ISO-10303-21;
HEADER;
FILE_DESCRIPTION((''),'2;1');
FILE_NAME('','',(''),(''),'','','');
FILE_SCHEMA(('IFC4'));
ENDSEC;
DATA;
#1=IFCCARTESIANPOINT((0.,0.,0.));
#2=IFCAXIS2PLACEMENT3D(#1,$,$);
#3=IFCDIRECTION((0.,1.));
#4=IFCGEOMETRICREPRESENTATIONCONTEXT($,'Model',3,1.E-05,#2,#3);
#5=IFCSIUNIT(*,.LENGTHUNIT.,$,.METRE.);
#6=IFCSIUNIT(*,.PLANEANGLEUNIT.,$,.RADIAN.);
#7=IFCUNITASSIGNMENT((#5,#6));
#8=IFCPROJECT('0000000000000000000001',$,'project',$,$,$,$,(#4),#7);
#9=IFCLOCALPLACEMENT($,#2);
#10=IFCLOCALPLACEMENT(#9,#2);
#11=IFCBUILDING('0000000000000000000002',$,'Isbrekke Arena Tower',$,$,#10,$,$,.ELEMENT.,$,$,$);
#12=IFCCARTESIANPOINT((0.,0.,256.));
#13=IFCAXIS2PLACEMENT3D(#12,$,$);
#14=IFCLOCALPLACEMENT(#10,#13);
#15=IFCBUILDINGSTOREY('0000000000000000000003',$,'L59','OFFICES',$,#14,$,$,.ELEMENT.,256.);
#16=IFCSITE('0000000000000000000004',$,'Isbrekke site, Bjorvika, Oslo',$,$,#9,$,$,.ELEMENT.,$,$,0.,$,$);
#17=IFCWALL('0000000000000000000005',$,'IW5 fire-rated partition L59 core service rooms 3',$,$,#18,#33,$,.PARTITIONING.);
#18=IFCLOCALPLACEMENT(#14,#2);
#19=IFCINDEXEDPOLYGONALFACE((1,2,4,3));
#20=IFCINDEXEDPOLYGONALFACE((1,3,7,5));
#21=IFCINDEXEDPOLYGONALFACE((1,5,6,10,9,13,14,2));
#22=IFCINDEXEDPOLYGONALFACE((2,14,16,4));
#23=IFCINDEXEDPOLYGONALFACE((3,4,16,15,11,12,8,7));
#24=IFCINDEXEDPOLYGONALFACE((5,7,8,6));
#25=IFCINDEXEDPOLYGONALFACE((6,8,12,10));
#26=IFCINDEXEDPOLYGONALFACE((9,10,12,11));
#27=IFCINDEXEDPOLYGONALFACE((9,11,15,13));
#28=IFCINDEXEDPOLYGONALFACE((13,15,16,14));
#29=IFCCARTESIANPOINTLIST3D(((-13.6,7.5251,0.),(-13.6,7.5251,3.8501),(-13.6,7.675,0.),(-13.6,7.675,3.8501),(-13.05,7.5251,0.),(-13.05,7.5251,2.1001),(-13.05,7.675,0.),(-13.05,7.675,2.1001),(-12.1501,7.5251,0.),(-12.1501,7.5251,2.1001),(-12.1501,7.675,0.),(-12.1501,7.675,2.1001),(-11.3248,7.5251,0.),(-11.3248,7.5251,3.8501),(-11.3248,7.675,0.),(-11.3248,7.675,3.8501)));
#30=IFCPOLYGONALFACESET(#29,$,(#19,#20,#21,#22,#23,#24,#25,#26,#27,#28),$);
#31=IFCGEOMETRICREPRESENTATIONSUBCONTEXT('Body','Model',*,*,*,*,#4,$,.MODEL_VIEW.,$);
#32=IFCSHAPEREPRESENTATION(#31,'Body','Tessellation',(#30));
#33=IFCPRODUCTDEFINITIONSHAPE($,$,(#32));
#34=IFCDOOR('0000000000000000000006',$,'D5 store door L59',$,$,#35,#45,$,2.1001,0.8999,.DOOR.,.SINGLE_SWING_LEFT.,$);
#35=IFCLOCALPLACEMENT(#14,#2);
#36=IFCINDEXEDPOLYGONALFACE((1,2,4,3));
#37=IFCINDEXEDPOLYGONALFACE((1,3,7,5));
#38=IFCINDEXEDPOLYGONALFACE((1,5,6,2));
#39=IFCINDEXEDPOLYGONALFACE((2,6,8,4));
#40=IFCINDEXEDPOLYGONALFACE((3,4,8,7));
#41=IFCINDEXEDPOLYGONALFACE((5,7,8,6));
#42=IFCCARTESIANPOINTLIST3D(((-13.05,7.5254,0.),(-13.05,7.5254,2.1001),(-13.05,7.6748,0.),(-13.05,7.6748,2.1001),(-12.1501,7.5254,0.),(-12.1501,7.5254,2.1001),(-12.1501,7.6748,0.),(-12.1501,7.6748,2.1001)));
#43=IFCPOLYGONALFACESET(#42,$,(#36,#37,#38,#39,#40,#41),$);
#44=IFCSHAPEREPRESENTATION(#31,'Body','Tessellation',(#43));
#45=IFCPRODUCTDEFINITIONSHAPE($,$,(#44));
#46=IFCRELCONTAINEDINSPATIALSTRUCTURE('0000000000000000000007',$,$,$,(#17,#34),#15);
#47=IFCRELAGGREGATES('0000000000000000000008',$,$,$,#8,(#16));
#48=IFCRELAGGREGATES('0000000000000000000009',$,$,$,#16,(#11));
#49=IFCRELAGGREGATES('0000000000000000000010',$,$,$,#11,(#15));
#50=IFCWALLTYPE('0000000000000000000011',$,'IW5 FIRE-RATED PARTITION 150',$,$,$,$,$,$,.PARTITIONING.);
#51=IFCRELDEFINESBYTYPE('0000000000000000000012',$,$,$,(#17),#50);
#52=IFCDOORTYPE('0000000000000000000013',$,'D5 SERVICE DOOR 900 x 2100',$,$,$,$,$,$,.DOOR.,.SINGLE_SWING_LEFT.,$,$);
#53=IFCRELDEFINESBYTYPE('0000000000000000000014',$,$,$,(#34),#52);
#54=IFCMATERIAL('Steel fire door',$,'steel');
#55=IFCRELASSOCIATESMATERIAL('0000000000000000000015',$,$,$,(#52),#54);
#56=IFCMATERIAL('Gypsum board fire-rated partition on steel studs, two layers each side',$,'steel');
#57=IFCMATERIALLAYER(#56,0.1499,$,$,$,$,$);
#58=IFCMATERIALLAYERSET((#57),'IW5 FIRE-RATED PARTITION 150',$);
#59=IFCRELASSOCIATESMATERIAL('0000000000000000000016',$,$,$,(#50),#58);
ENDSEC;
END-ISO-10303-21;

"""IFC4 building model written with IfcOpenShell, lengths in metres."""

from ifc_helpers import new_model, si_unit, direction, frame, frame_2d, origin, place, context, subcontext, project, spatial, rectangle, extrude, material, layer, layer_set, type_object, element, fill, save


model = new_model("IFC4")

# Units and contexts
model_context = context("Model", 3, precision=1e-05, world=origin(), true_north=direction((0.0, 1.0)))
body_context = subcontext(model_context, "Body", "Model", "MODEL_VIEW")
ifc_project = project(units=[si_unit("LENGTHUNIT", "METRE"), si_unit("PLANEANGLEUNIT", "RADIAN")], contexts=[model_context])

# Site, building, storey
site_placement = place(None, origin())
site = spatial("IfcSite", under=ifc_project, at=site_placement, Name="Isbrekke site, Bjorvika, Oslo", CompositionType="ELEMENT", RefElevation=0.0)
building_placement = place(site_placement, origin())
building = spatial("IfcBuilding", under=site, at=building_placement, Name="Isbrekke Arena Tower", CompositionType="ELEMENT")
storey_placement = place(building_placement, frame((0.0, 0.0, 256.0)))
storey = spatial("IfcBuildingStorey", under=building, at=storey_placement, Name="L59", Description="OFFICES", CompositionType="ELEMENT", Elevation=256.0)

# Shared definitions
ifc_material_1 = material(Name="Steel fire door", Category="steel")
door_type_1 = type_object("IfcDoorType", Name="D5 SERVICE DOOR 900 x 2100", OperationType="SINGLE_SWING_LEFT", PredefinedType="DOOR", material=ifc_material_1)

# Wall, opening, door
ifc_material_2 = material(Name="Gypsum board fire-rated partition on steel studs, two layers each side", Category="steel")
ifc_layer_1 = layer(ifc_material_2, 0.1499)
ifc_layer_set_1 = layer_set([ifc_layer_1], Name="IW5 FIRE-RATED PARTITION 150")
wall_type_1 = type_object("IfcWallType", Name="IW5 FIRE-RATED PARTITION 150", PredefinedType="PARTITIONING", material=ifc_layer_set_1)
wall_1_placement = place(storey_placement, frame((-13.6001, 7.6001, 0.0), z_axis=(0.0, 0.0, 1.0), x_axis=(1.0, 0.0, 0.0)))
wall_1 = element("IfcWall", 1, at=wall_1_placement, inside=storey, type_object=wall_type_1, Name="IW5 fire-rated partition L59 core service rooms 3", PredefinedType="PARTITIONING", context=body_context, shape_type="SweptSolid", body=[
    extrude(rectangle(XDim=2.2751, YDim=0.1499, at=frame_2d((1.1377, 0.0))), origin(), (0.0, 0.0, 1.0), 3.8501),
])
opening_1_placement = place(wall_1_placement, frame((0.55, 0.0, 0.0)))
opening_1 = element("IfcOpeningElement", 2, at=opening_1_placement, cuts=wall_1, PredefinedType="OPENING", context=body_context, shape_type="SweptSolid", body=[
    extrude(rectangle(XDim=0.8999, YDim=2.1001, at=frame_2d((0.45, 1.05))), frame((0.0, 0.0898, 0.0), z_axis=(0.0, -1.0, 0.0), x_axis=(1.0, 0.0, 0.0)), (0.0, 0.0, 1.0), 0.1797),
])
door_1_placement = place(opening_1_placement, origin())
door_1 = element("IfcDoor", 3, at=door_1_placement, inside=storey, type_object=door_type_1, Name="D5 store door L59", OperationType="SINGLE_SWING_LEFT", OverallHeight=2.1001, OverallWidth=0.8999, PredefinedType="DOOR", context=body_context, shape_type="SweptSolid", body=[
    extrude(rectangle(XDim=0.8999, YDim=2.1001, at=frame_2d((0.45, 1.05))), frame((0.0, 0.0747, 0.0), z_axis=(0.0, -1.0, 0.0), x_axis=(1.0, 0.0, 0.0)), (0.0, 0.0, 1.0), 0.1494),
])
fill(opening_1, door_1)

save(model, "model.ifc")
